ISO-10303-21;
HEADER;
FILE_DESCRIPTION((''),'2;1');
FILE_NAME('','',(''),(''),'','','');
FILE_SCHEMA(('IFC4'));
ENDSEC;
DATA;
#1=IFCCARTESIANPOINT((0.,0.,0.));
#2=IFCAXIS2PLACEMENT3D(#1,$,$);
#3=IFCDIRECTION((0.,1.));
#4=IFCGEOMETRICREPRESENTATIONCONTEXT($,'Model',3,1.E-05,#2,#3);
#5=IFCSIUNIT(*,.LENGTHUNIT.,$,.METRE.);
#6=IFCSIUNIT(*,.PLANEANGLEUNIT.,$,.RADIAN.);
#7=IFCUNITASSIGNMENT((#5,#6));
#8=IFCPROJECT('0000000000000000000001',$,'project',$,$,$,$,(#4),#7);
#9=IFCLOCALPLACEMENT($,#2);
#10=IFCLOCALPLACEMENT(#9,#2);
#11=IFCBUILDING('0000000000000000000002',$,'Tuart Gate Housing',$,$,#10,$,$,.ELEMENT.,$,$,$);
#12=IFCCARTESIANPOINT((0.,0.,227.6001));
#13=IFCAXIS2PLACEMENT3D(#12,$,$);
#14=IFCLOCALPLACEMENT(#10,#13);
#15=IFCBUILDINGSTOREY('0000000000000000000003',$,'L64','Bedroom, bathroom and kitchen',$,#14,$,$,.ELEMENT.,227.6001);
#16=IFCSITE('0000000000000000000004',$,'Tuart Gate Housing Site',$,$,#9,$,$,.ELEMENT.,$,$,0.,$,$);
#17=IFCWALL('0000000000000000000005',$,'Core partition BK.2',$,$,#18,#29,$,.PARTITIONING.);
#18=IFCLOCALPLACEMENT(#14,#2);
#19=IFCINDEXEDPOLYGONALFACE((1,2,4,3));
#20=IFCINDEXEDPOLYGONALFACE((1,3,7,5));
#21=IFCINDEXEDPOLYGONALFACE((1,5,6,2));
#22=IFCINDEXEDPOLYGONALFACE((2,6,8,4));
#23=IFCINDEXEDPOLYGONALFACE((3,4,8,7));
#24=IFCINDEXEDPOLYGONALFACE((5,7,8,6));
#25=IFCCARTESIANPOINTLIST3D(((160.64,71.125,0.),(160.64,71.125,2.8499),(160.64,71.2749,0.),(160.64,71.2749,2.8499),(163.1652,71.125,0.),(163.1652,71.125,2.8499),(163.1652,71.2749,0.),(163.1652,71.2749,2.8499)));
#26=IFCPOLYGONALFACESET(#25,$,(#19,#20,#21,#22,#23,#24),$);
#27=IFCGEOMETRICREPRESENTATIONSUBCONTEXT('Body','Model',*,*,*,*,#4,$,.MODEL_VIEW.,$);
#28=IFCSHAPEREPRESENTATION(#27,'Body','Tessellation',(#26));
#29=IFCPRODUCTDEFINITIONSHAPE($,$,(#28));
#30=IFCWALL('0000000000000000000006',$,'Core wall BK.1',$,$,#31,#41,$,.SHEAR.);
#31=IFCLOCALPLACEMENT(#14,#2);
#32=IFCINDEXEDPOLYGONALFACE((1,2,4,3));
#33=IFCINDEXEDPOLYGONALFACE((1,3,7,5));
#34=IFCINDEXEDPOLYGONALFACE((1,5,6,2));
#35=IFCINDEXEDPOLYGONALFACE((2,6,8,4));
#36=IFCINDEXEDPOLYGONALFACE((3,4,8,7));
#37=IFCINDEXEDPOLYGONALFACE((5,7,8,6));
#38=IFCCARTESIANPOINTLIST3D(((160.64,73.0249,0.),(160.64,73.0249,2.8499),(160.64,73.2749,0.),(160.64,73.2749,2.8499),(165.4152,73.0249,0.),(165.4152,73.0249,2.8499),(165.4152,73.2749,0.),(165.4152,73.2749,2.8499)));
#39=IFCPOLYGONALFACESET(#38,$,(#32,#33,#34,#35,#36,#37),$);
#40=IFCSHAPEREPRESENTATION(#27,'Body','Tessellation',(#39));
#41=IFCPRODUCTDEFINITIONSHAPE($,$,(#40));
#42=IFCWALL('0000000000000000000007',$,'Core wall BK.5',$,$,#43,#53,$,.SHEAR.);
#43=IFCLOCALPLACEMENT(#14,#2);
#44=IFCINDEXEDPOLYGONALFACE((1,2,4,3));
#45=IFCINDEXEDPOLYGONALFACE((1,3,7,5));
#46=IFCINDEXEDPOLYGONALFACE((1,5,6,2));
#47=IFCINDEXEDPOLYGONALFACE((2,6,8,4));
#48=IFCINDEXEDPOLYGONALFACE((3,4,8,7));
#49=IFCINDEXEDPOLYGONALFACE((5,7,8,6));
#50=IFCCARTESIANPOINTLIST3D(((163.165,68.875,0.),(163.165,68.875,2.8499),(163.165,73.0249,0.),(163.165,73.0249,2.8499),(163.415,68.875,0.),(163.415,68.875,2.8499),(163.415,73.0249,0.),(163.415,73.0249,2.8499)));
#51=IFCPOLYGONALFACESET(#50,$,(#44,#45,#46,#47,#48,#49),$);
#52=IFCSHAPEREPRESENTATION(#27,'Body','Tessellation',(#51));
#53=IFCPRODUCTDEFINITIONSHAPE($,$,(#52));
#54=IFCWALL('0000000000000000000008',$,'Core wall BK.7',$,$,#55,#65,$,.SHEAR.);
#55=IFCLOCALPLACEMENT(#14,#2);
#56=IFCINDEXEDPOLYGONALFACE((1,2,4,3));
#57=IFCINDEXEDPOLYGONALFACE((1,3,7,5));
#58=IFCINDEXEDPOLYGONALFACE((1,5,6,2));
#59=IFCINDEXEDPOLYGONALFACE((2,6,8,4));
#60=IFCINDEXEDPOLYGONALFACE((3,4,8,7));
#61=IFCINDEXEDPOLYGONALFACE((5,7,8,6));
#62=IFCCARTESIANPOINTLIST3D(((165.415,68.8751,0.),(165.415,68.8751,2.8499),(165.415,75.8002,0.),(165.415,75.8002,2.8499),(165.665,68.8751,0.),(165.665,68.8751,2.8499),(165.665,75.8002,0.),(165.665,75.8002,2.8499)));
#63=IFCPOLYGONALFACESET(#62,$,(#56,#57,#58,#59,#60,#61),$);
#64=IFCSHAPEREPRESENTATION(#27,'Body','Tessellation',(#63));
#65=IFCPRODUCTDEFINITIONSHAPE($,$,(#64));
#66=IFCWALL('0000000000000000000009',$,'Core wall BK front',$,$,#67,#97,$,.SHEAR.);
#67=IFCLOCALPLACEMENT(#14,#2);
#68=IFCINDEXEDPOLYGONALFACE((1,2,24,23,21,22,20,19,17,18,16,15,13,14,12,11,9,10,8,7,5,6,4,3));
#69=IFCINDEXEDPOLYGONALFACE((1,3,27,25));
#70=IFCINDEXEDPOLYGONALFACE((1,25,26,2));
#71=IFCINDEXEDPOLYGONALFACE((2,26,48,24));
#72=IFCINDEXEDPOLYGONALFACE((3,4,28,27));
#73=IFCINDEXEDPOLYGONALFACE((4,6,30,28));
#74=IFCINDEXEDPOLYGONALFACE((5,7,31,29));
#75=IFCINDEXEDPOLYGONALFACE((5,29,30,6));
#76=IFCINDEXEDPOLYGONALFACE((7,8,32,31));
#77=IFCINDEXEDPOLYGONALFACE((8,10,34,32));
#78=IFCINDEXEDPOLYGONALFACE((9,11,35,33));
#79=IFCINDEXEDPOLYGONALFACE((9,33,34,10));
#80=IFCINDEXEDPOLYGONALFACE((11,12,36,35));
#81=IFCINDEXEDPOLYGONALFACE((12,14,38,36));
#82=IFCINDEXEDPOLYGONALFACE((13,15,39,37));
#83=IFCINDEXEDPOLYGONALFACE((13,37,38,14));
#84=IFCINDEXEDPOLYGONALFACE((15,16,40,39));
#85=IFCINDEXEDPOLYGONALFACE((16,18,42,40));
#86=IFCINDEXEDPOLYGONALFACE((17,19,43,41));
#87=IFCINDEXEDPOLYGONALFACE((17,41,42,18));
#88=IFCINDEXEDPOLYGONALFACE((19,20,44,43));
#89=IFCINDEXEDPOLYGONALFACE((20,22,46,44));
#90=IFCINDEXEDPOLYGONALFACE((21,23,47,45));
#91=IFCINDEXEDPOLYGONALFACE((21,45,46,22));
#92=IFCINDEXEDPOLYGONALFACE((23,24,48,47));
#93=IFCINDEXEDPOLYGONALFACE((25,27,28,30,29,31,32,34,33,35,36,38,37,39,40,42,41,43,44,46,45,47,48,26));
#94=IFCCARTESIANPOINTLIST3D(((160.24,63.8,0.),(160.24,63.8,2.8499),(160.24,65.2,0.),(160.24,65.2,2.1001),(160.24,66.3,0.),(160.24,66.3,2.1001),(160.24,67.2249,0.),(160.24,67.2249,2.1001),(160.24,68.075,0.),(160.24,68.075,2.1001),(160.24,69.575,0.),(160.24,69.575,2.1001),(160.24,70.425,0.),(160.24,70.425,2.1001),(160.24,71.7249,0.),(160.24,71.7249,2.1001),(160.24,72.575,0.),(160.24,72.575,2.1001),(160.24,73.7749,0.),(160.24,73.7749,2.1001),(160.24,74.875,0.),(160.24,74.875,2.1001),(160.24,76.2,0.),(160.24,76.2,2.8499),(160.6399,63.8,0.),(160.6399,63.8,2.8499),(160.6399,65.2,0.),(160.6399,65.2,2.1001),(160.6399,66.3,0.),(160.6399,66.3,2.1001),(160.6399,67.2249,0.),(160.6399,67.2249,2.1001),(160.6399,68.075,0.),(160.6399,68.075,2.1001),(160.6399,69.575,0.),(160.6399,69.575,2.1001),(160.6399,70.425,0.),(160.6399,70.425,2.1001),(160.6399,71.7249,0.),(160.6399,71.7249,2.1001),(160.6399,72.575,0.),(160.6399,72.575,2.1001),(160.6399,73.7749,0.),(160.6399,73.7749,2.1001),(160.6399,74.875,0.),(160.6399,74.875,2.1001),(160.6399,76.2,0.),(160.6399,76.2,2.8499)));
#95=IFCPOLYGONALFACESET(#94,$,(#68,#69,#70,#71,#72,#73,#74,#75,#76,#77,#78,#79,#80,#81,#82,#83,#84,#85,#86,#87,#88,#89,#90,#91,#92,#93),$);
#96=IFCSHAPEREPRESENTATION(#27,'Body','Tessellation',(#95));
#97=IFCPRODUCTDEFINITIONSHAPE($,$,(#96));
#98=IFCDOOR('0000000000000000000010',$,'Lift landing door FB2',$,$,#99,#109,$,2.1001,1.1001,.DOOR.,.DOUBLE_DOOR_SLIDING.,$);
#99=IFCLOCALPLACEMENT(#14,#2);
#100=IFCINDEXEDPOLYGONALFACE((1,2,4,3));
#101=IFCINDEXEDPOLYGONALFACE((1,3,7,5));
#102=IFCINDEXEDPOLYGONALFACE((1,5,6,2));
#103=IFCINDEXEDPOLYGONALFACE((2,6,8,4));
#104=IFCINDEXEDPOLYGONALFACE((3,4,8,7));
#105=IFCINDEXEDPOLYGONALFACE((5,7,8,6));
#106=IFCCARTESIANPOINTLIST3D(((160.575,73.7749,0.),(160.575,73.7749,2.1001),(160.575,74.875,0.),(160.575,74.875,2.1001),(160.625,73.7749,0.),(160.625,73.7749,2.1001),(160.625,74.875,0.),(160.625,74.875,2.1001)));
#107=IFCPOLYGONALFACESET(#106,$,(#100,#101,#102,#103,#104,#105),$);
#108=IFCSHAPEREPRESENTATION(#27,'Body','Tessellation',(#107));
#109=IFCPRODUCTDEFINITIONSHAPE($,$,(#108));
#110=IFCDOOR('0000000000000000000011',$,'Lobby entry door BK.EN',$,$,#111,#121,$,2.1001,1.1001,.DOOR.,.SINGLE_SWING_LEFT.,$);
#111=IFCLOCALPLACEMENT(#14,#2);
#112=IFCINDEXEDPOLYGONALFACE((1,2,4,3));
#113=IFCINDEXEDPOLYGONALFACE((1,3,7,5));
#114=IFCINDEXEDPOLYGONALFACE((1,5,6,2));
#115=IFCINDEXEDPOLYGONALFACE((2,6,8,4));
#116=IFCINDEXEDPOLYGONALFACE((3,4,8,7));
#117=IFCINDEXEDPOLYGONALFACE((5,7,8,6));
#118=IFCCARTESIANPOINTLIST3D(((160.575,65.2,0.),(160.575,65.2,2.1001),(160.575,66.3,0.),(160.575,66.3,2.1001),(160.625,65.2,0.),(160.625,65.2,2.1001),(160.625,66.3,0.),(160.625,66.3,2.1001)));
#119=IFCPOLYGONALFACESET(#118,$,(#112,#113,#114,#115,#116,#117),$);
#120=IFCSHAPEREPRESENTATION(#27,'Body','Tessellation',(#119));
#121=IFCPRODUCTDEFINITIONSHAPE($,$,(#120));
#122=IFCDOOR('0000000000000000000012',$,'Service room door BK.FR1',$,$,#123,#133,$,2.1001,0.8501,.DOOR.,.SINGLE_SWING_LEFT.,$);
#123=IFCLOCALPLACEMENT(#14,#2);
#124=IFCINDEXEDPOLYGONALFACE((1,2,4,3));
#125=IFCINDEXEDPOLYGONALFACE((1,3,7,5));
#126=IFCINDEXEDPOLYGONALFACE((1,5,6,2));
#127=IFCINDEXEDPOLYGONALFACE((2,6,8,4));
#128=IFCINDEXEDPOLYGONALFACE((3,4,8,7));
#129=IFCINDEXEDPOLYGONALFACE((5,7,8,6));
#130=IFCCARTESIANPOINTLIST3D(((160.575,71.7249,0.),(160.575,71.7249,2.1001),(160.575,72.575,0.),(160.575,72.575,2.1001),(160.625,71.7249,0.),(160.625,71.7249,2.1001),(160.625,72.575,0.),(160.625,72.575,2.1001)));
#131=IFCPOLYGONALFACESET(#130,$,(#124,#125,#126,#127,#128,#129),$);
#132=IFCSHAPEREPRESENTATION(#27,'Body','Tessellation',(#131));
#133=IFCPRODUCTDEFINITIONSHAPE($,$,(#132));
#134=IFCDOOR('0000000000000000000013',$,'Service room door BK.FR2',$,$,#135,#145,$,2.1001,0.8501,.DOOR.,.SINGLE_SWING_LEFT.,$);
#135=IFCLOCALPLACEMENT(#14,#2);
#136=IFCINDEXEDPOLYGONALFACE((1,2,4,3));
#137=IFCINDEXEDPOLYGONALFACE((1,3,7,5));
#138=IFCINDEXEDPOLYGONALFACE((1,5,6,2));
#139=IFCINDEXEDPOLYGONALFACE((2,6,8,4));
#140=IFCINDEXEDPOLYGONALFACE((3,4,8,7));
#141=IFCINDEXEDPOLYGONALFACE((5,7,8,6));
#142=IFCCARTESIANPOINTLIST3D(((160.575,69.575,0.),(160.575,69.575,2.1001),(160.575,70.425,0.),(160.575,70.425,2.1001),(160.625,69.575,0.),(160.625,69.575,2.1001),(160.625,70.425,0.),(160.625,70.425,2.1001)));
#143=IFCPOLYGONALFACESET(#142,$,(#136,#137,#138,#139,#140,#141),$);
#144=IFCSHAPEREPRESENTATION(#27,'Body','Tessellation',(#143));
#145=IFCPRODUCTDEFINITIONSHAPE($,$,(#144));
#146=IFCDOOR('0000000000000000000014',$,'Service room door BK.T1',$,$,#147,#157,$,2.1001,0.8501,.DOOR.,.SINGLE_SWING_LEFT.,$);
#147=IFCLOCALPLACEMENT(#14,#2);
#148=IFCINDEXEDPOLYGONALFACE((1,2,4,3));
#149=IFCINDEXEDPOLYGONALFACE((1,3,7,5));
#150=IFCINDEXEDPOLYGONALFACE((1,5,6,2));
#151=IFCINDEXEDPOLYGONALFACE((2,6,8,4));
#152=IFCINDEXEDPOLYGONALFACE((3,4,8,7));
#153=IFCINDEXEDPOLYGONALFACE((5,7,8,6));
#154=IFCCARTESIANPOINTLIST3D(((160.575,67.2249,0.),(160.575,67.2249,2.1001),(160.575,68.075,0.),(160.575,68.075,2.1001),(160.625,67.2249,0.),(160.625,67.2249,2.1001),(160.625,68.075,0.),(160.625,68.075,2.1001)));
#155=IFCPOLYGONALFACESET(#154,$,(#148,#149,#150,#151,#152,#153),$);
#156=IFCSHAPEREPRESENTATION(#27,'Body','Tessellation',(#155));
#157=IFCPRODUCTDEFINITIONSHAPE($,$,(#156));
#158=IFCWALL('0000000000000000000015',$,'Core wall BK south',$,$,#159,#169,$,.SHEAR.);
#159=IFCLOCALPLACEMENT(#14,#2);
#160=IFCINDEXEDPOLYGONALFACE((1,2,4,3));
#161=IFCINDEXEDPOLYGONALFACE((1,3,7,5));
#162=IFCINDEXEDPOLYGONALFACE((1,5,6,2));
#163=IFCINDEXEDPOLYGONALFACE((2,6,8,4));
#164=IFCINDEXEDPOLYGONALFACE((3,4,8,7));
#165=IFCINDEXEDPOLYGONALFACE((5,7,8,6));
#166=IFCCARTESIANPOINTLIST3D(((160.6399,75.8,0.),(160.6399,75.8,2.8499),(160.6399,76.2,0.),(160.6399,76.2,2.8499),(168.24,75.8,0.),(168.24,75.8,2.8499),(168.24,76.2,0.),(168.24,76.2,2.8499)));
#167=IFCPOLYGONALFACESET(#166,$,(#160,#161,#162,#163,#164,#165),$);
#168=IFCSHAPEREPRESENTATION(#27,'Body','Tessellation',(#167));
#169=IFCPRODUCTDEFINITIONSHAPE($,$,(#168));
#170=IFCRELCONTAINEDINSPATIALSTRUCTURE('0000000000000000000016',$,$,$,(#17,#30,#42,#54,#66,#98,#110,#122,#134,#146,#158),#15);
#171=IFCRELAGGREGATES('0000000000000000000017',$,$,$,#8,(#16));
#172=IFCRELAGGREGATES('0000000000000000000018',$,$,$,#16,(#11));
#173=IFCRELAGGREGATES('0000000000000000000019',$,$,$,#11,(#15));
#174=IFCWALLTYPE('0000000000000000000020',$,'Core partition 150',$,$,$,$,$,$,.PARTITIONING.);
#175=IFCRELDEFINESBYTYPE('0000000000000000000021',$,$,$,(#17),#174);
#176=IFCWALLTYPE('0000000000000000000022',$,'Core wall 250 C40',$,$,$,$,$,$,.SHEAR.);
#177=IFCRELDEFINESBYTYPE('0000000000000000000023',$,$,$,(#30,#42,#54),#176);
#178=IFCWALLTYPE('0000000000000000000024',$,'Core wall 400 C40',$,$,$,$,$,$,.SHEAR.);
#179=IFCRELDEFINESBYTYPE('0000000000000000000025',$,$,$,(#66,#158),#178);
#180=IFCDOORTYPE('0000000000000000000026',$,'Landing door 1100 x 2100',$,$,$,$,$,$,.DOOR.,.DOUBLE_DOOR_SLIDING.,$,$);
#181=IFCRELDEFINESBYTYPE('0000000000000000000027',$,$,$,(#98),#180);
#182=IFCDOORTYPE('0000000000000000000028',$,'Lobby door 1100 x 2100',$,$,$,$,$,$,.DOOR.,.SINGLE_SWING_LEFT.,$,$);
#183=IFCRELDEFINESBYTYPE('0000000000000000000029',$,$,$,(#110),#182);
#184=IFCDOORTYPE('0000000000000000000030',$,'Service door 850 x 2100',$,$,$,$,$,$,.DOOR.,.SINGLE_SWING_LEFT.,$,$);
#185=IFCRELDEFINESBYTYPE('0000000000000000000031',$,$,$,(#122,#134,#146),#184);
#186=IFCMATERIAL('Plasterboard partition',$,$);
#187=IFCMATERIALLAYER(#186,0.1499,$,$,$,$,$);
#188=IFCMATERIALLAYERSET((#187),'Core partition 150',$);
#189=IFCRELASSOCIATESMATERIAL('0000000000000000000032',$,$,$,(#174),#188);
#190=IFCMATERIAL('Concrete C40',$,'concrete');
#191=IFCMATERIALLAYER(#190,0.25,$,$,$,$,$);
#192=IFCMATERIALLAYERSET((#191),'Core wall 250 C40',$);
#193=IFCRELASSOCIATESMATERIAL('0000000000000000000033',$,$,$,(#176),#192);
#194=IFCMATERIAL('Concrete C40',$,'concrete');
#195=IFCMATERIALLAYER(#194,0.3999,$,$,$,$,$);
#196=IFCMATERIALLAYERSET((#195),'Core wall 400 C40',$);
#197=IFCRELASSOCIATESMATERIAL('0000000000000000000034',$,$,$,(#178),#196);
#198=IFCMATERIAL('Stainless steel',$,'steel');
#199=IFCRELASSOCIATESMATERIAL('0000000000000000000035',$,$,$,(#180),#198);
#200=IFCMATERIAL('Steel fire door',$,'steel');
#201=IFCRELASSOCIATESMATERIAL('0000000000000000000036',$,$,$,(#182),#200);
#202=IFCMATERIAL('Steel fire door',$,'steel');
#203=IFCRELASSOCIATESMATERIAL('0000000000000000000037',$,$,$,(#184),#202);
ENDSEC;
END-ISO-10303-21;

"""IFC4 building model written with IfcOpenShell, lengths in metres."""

from ifc_helpers import new_model, si_unit, direction, frame, frame_2d, origin, place, context, subcontext, project, spatial, rectangle, extrude, material, layer, layer_set, type_object, element, fill, save


model = new_model("IFC4")

# Units and contexts
model_context = context("Model", 3, precision=1e-05, world=origin(), true_north=direction((0.0, 1.0)))
body_context = subcontext(model_context, "Body", "Model", "MODEL_VIEW")
ifc_project = project(units=[si_unit("LENGTHUNIT", "METRE"), si_unit("PLANEANGLEUNIT", "RADIAN")], contexts=[model_context])

# Site, building, storey
site_placement = place(None, origin())
site = spatial("IfcSite", under=ifc_project, at=site_placement, Name="Tuart Gate Housing Site", CompositionType="ELEMENT", RefElevation=0.0)
building_placement = place(site_placement, origin())
building = spatial("IfcBuilding", under=site, at=building_placement, Name="Tuart Gate Housing", CompositionType="ELEMENT")
storey_placement = place(building_placement, frame((0.0, 0.0, 227.6001)))
storey = spatial("IfcBuildingStorey", under=building, at=storey_placement, Name="L64", Description="Bedroom, bathroom and kitchen", CompositionType="ELEMENT", Elevation=227.6001)

# Walls
ifc_material_1 = material(Name="Plasterboard partition")
ifc_layer_1 = layer(ifc_material_1, 0.1499)
ifc_layer_set_1 = layer_set([ifc_layer_1], Name="Core partition 150")
wall_type_1 = type_object("IfcWallType", Name="Core partition 150", PredefinedType="PARTITIONING", material=ifc_layer_set_1)
wall_1_placement = place(storey_placement, frame((160.6399, 71.2, 0.0), z_axis=(0.0, 0.0, 1.0), x_axis=(1.0, 0.0, 0.0)))
element("IfcWall", 1, at=wall_1_placement, inside=storey, type_object=wall_type_1, Name="Core partition BK.2", PredefinedType="PARTITIONING", context=body_context, shape_type="SweptSolid", body=[
    extrude(rectangle(XDim=2.5251, YDim=0.1499, at=frame_2d((1.2627, 0.0))), origin(), (0.0, 0.0, 1.0), 2.8499),
])
ifc_material_2 = material(Name="Concrete C40", Category="concrete")
ifc_layer_2 = layer(ifc_material_2, 0.25)
ifc_layer_set_2 = layer_set([ifc_layer_2], Name="Core wall 250 C40")
wall_type_2 = type_object("IfcWallType", Name="Core wall 250 C40", PredefinedType="SHEAR", material=ifc_layer_set_2)
wall_2_placement = place(storey_placement, frame((160.6399, 73.1499, 0.0), z_axis=(0.0, 0.0, 1.0), x_axis=(1.0, 0.0, 0.0)))
element("IfcWall", 2, at=wall_2_placement, inside=storey, type_object=wall_type_2, Name="Core wall BK.1", PredefinedType="SHEAR", context=body_context, shape_type="SweptSolid", body=[
    extrude(rectangle(XDim=4.7751, YDim=0.25, at=frame_2d((2.3877, 0.0))), origin(), (0.0, 0.0, 1.0), 2.8499),
])
wall_3_placement = place(storey_placement, frame((163.29, 73.0249, 0.0), z_axis=(0.0, 0.0, 1.0), x_axis=(0.0, -1.0, 0.0)))
element("IfcWall", 3, at=wall_3_placement, inside=storey, type_object=wall_type_2, Name="Core wall BK.5", PredefinedType="SHEAR", context=body_context, shape_type="SweptSolid", body=[
    extrude(rectangle(XDim=4.1499, YDim=0.25, at=frame_2d((2.075, 0.0))), origin(), (0.0, 0.0, 1.0), 2.8499),
])
wall_4_placement = place(storey_placement, frame((165.54, 75.8, 0.0), z_axis=(0.0, 0.0, 1.0), x_axis=(0.0, -1.0, 0.0)))
element("IfcWall", 4, at=wall_4_placement, inside=storey, type_object=wall_type_2, Name="Core wall BK.7", PredefinedType="SHEAR", context=body_context, shape_type="SweptSolid", body=[
    extrude(rectangle(XDim=6.925, YDim=0.25, at=frame_2d((3.4624, 0.0))), origin(), (0.0, 0.0, 1.0), 2.8499),
])

# Wall, openings, doors
ifc_material_3 = material(Name="Concrete C40", Category="concrete")
ifc_layer_3 = layer(ifc_material_3, 0.3999)
ifc_layer_set_3 = layer_set([ifc_layer_3], Name="Core wall 400 C40")
wall_type_3 = type_object("IfcWallType", Name="Core wall 400 C40", PredefinedType="SHEAR", material=ifc_layer_set_3)
wall_5_placement = place(storey_placement, frame((160.4399, 76.2, 0.0), z_axis=(0.0, 0.0, 1.0), x_axis=(0.0, -1.0, 0.0)))
wall_5 = element("IfcWall", 5, at=wall_5_placement, inside=storey, type_object=wall_type_3, Name="Core wall BK front", PredefinedType="SHEAR", context=body_context, shape_type="SweptSolid", body=[
    extrude(rectangle(XDim=12.3999, YDim=0.3999, at=frame_2d((6.2, 0.0))), origin(), (0.0, 0.0, 1.0), 2.8499),
])
opening_1_placement = place(wall_5_placement, frame((1.325, 0.0, 0.0)))
opening_1 = element("IfcOpeningElement", 6, at=opening_1_placement, cuts=wall_5, PredefinedType="OPENING", context=body_context, shape_type="SweptSolid", body=[
    extrude(rectangle(XDim=1.1001, YDim=2.1001, at=frame_2d((0.55, 1.05))), frame((0.0, 0.21, 0.0), z_axis=(0.0, -1.0, 0.0), x_axis=(1.0, 0.0, 0.0)), (0.0, 0.0, 1.0), 0.4199),
])
opening_2_placement = place(wall_5_placement, frame((3.625, 0.0, 0.0)))
opening_2 = element("IfcOpeningElement", 7, at=opening_2_placement, cuts=wall_5, PredefinedType="OPENING", context=body_context, shape_type="SweptSolid", body=[
    extrude(rectangle(XDim=0.8501, YDim=2.1001, at=frame_2d((0.425, 1.05))), frame((0.0, 0.21, 0.0), z_axis=(0.0, -1.0, 0.0), x_axis=(1.0, 0.0, 0.0)), (0.0, 0.0, 1.0), 0.4199),
])
opening_3_placement = place(wall_5_placement, frame((5.7749, 0.0, 0.0)))
opening_3 = element("IfcOpeningElement", 8, at=opening_3_placement, cuts=wall_5, PredefinedType="OPENING", context=body_context, shape_type="SweptSolid", body=[
    extrude(rectangle(XDim=0.8501, YDim=2.1001, at=frame_2d((0.425, 1.05))), frame((0.0, 0.21, 0.0), z_axis=(0.0, -1.0, 0.0), x_axis=(1.0, 0.0, 0.0)), (0.0, 0.0, 1.0), 0.4199),
])
opening_4_placement = place(wall_5_placement, frame((9.8999, 0.0, 0.0)))
opening_4 = element("IfcOpeningElement", 9, at=opening_4_placement, cuts=wall_5, PredefinedType="OPENING", context=body_context, shape_type="SweptSolid", body=[
    extrude(rectangle(XDim=1.1001, YDim=2.1001, at=frame_2d((0.55, 1.05))), frame((0.0, 0.21, 0.0), z_axis=(0.0, -1.0, 0.0), x_axis=(1.0, 0.0, 0.0)), (0.0, 0.0, 1.0), 0.4199),
])
opening_5_placement = place(wall_5_placement, frame((8.125, 0.0, 0.0)))
opening_5 = element("IfcOpeningElement", 10, at=opening_5_placement, cuts=wall_5, PredefinedType="OPENING", context=body_context, shape_type="SweptSolid", body=[
    extrude(rectangle(XDim=0.8501, YDim=2.1001, at=frame_2d((0.425, 1.05))), frame((0.0, 0.21, 0.0), z_axis=(0.0, -1.0, 0.0), x_axis=(1.0, 0.0, 0.0)), (0.0, 0.0, 1.0), 0.4199),
])
ifc_material_4 = material(Name="Stainless steel", Category="steel")
door_type_1 = type_object("IfcDoorType", Name="Landing door 1100 x 2100", OperationType="DOUBLE_DOOR_SLIDING", PredefinedType="DOOR", material=ifc_material_4)
door_1_placement = place(opening_1_placement, origin())
door_1 = element("IfcDoor", 11, at=door_1_placement, inside=storey, type_object=door_type_1, Name="Lift landing door FB2", OperationType="DOUBLE_DOOR_SLIDING", OverallHeight=2.1001, OverallWidth=1.1001, PredefinedType="DOOR", context=body_context, shape_type="SweptSolid", body=[
    extrude(rectangle(XDim=1.1001, YDim=2.1001, at=frame_2d((0.55, 1.05))), frame((0.0, 0.1851, 0.0), z_axis=(0.0, -1.0, 0.0), x_axis=(1.0, 0.0, 0.0)), (0.0, 0.0, 1.0), 0.05),
])
fill(opening_1, door_1)
ifc_material_5 = material(Name="Steel fire door", Category="steel")
door_type_2 = type_object("IfcDoorType", Name="Lobby door 1100 x 2100", OperationType="SINGLE_SWING_LEFT", PredefinedType="DOOR", material=ifc_material_5)
door_2_placement = place(opening_4_placement, origin())
door_2 = element("IfcDoor", 12, at=door_2_placement, inside=storey, type_object=door_type_2, Name="Lobby entry door BK.EN", OperationType="SINGLE_SWING_LEFT", OverallHeight=2.1001, OverallWidth=1.1001, PredefinedType="DOOR", context=body_context, shape_type="SweptSolid", body=[
    extrude(rectangle(XDim=1.1001, YDim=2.1001, at=frame_2d((0.55, 1.05))), frame((0.0, 0.1851, 0.0), z_axis=(0.0, -1.0, 0.0), x_axis=(1.0, 0.0, 0.0)), (0.0, 0.0, 1.0), 0.05),
])
fill(opening_4, door_2)
ifc_material_6 = material(Name="Steel fire door", Category="steel")
door_type_3 = type_object("IfcDoorType", Name="Service door 850 x 2100", OperationType="SINGLE_SWING_LEFT", PredefinedType="DOOR", material=ifc_material_6)
door_3_placement = place(opening_2_placement, origin())
door_3 = element("IfcDoor", 13, at=door_3_placement, inside=storey, type_object=door_type_3, Name="Service room door BK.FR1", OperationType="SINGLE_SWING_LEFT", OverallHeight=2.1001, OverallWidth=0.8501, PredefinedType="DOOR", context=body_context, shape_type="SweptSolid", body=[
    extrude(rectangle(XDim=0.8501, YDim=2.1001, at=frame_2d((0.425, 1.05))), frame((0.0, 0.1851, 0.0), z_axis=(0.0, -1.0, 0.0), x_axis=(1.0, 0.0, 0.0)), (0.0, 0.0, 1.0), 0.05),
])
fill(opening_2, door_3)
door_4_placement = place(opening_3_placement, origin())
door_4 = element("IfcDoor", 14, at=door_4_placement, inside=storey, type_object=door_type_3, Name="Service room door BK.FR2", OperationType="SINGLE_SWING_LEFT", OverallHeight=2.1001, OverallWidth=0.8501, PredefinedType="DOOR", context=body_context, shape_type="SweptSolid", body=[
    extrude(rectangle(XDim=0.8501, YDim=2.1001, at=frame_2d((0.425, 1.05))), frame((0.0, 0.1851, 0.0), z_axis=(0.0, -1.0, 0.0), x_axis=(1.0, 0.0, 0.0)), (0.0, 0.0, 1.0), 0.05),
])
fill(opening_3, door_4)
door_5_placement = place(opening_5_placement, origin())
door_5 = element("IfcDoor", 15, at=door_5_placement, inside=storey, type_object=door_type_3, Name="Service room door BK.T1", OperationType="SINGLE_SWING_LEFT", OverallHeight=2.1001, OverallWidth=0.8501, PredefinedType="DOOR", context=body_context, shape_type="SweptSolid", body=[
    extrude(rectangle(XDim=0.8501, YDim=2.1001, at=frame_2d((0.425, 1.05))), frame((0.0, 0.1851, 0.0), z_axis=(0.0, -1.0, 0.0), x_axis=(1.0, 0.0, 0.0)), (0.0, 0.0, 1.0), 0.05),
])
fill(opening_5, door_5)

# Wall
wall_6_placement = place(storey_placement, frame((160.6399, 76.0, 0.0), z_axis=(0.0, 0.0, 1.0), x_axis=(1.0, 0.0, 0.0)))
element("IfcWall", 16, at=wall_6_placement, inside=storey, type_object=wall_type_3, Name="Core wall BK south", PredefinedType="SHEAR", context=body_context, shape_type="SweptSolid", body=[
    extrude(rectangle(XDim=7.6001, YDim=0.3999, at=frame_2d((3.8, 0.0))), origin(), (0.0, 0.0, 1.0), 2.8499),
])

save(model, "model.ifc")
